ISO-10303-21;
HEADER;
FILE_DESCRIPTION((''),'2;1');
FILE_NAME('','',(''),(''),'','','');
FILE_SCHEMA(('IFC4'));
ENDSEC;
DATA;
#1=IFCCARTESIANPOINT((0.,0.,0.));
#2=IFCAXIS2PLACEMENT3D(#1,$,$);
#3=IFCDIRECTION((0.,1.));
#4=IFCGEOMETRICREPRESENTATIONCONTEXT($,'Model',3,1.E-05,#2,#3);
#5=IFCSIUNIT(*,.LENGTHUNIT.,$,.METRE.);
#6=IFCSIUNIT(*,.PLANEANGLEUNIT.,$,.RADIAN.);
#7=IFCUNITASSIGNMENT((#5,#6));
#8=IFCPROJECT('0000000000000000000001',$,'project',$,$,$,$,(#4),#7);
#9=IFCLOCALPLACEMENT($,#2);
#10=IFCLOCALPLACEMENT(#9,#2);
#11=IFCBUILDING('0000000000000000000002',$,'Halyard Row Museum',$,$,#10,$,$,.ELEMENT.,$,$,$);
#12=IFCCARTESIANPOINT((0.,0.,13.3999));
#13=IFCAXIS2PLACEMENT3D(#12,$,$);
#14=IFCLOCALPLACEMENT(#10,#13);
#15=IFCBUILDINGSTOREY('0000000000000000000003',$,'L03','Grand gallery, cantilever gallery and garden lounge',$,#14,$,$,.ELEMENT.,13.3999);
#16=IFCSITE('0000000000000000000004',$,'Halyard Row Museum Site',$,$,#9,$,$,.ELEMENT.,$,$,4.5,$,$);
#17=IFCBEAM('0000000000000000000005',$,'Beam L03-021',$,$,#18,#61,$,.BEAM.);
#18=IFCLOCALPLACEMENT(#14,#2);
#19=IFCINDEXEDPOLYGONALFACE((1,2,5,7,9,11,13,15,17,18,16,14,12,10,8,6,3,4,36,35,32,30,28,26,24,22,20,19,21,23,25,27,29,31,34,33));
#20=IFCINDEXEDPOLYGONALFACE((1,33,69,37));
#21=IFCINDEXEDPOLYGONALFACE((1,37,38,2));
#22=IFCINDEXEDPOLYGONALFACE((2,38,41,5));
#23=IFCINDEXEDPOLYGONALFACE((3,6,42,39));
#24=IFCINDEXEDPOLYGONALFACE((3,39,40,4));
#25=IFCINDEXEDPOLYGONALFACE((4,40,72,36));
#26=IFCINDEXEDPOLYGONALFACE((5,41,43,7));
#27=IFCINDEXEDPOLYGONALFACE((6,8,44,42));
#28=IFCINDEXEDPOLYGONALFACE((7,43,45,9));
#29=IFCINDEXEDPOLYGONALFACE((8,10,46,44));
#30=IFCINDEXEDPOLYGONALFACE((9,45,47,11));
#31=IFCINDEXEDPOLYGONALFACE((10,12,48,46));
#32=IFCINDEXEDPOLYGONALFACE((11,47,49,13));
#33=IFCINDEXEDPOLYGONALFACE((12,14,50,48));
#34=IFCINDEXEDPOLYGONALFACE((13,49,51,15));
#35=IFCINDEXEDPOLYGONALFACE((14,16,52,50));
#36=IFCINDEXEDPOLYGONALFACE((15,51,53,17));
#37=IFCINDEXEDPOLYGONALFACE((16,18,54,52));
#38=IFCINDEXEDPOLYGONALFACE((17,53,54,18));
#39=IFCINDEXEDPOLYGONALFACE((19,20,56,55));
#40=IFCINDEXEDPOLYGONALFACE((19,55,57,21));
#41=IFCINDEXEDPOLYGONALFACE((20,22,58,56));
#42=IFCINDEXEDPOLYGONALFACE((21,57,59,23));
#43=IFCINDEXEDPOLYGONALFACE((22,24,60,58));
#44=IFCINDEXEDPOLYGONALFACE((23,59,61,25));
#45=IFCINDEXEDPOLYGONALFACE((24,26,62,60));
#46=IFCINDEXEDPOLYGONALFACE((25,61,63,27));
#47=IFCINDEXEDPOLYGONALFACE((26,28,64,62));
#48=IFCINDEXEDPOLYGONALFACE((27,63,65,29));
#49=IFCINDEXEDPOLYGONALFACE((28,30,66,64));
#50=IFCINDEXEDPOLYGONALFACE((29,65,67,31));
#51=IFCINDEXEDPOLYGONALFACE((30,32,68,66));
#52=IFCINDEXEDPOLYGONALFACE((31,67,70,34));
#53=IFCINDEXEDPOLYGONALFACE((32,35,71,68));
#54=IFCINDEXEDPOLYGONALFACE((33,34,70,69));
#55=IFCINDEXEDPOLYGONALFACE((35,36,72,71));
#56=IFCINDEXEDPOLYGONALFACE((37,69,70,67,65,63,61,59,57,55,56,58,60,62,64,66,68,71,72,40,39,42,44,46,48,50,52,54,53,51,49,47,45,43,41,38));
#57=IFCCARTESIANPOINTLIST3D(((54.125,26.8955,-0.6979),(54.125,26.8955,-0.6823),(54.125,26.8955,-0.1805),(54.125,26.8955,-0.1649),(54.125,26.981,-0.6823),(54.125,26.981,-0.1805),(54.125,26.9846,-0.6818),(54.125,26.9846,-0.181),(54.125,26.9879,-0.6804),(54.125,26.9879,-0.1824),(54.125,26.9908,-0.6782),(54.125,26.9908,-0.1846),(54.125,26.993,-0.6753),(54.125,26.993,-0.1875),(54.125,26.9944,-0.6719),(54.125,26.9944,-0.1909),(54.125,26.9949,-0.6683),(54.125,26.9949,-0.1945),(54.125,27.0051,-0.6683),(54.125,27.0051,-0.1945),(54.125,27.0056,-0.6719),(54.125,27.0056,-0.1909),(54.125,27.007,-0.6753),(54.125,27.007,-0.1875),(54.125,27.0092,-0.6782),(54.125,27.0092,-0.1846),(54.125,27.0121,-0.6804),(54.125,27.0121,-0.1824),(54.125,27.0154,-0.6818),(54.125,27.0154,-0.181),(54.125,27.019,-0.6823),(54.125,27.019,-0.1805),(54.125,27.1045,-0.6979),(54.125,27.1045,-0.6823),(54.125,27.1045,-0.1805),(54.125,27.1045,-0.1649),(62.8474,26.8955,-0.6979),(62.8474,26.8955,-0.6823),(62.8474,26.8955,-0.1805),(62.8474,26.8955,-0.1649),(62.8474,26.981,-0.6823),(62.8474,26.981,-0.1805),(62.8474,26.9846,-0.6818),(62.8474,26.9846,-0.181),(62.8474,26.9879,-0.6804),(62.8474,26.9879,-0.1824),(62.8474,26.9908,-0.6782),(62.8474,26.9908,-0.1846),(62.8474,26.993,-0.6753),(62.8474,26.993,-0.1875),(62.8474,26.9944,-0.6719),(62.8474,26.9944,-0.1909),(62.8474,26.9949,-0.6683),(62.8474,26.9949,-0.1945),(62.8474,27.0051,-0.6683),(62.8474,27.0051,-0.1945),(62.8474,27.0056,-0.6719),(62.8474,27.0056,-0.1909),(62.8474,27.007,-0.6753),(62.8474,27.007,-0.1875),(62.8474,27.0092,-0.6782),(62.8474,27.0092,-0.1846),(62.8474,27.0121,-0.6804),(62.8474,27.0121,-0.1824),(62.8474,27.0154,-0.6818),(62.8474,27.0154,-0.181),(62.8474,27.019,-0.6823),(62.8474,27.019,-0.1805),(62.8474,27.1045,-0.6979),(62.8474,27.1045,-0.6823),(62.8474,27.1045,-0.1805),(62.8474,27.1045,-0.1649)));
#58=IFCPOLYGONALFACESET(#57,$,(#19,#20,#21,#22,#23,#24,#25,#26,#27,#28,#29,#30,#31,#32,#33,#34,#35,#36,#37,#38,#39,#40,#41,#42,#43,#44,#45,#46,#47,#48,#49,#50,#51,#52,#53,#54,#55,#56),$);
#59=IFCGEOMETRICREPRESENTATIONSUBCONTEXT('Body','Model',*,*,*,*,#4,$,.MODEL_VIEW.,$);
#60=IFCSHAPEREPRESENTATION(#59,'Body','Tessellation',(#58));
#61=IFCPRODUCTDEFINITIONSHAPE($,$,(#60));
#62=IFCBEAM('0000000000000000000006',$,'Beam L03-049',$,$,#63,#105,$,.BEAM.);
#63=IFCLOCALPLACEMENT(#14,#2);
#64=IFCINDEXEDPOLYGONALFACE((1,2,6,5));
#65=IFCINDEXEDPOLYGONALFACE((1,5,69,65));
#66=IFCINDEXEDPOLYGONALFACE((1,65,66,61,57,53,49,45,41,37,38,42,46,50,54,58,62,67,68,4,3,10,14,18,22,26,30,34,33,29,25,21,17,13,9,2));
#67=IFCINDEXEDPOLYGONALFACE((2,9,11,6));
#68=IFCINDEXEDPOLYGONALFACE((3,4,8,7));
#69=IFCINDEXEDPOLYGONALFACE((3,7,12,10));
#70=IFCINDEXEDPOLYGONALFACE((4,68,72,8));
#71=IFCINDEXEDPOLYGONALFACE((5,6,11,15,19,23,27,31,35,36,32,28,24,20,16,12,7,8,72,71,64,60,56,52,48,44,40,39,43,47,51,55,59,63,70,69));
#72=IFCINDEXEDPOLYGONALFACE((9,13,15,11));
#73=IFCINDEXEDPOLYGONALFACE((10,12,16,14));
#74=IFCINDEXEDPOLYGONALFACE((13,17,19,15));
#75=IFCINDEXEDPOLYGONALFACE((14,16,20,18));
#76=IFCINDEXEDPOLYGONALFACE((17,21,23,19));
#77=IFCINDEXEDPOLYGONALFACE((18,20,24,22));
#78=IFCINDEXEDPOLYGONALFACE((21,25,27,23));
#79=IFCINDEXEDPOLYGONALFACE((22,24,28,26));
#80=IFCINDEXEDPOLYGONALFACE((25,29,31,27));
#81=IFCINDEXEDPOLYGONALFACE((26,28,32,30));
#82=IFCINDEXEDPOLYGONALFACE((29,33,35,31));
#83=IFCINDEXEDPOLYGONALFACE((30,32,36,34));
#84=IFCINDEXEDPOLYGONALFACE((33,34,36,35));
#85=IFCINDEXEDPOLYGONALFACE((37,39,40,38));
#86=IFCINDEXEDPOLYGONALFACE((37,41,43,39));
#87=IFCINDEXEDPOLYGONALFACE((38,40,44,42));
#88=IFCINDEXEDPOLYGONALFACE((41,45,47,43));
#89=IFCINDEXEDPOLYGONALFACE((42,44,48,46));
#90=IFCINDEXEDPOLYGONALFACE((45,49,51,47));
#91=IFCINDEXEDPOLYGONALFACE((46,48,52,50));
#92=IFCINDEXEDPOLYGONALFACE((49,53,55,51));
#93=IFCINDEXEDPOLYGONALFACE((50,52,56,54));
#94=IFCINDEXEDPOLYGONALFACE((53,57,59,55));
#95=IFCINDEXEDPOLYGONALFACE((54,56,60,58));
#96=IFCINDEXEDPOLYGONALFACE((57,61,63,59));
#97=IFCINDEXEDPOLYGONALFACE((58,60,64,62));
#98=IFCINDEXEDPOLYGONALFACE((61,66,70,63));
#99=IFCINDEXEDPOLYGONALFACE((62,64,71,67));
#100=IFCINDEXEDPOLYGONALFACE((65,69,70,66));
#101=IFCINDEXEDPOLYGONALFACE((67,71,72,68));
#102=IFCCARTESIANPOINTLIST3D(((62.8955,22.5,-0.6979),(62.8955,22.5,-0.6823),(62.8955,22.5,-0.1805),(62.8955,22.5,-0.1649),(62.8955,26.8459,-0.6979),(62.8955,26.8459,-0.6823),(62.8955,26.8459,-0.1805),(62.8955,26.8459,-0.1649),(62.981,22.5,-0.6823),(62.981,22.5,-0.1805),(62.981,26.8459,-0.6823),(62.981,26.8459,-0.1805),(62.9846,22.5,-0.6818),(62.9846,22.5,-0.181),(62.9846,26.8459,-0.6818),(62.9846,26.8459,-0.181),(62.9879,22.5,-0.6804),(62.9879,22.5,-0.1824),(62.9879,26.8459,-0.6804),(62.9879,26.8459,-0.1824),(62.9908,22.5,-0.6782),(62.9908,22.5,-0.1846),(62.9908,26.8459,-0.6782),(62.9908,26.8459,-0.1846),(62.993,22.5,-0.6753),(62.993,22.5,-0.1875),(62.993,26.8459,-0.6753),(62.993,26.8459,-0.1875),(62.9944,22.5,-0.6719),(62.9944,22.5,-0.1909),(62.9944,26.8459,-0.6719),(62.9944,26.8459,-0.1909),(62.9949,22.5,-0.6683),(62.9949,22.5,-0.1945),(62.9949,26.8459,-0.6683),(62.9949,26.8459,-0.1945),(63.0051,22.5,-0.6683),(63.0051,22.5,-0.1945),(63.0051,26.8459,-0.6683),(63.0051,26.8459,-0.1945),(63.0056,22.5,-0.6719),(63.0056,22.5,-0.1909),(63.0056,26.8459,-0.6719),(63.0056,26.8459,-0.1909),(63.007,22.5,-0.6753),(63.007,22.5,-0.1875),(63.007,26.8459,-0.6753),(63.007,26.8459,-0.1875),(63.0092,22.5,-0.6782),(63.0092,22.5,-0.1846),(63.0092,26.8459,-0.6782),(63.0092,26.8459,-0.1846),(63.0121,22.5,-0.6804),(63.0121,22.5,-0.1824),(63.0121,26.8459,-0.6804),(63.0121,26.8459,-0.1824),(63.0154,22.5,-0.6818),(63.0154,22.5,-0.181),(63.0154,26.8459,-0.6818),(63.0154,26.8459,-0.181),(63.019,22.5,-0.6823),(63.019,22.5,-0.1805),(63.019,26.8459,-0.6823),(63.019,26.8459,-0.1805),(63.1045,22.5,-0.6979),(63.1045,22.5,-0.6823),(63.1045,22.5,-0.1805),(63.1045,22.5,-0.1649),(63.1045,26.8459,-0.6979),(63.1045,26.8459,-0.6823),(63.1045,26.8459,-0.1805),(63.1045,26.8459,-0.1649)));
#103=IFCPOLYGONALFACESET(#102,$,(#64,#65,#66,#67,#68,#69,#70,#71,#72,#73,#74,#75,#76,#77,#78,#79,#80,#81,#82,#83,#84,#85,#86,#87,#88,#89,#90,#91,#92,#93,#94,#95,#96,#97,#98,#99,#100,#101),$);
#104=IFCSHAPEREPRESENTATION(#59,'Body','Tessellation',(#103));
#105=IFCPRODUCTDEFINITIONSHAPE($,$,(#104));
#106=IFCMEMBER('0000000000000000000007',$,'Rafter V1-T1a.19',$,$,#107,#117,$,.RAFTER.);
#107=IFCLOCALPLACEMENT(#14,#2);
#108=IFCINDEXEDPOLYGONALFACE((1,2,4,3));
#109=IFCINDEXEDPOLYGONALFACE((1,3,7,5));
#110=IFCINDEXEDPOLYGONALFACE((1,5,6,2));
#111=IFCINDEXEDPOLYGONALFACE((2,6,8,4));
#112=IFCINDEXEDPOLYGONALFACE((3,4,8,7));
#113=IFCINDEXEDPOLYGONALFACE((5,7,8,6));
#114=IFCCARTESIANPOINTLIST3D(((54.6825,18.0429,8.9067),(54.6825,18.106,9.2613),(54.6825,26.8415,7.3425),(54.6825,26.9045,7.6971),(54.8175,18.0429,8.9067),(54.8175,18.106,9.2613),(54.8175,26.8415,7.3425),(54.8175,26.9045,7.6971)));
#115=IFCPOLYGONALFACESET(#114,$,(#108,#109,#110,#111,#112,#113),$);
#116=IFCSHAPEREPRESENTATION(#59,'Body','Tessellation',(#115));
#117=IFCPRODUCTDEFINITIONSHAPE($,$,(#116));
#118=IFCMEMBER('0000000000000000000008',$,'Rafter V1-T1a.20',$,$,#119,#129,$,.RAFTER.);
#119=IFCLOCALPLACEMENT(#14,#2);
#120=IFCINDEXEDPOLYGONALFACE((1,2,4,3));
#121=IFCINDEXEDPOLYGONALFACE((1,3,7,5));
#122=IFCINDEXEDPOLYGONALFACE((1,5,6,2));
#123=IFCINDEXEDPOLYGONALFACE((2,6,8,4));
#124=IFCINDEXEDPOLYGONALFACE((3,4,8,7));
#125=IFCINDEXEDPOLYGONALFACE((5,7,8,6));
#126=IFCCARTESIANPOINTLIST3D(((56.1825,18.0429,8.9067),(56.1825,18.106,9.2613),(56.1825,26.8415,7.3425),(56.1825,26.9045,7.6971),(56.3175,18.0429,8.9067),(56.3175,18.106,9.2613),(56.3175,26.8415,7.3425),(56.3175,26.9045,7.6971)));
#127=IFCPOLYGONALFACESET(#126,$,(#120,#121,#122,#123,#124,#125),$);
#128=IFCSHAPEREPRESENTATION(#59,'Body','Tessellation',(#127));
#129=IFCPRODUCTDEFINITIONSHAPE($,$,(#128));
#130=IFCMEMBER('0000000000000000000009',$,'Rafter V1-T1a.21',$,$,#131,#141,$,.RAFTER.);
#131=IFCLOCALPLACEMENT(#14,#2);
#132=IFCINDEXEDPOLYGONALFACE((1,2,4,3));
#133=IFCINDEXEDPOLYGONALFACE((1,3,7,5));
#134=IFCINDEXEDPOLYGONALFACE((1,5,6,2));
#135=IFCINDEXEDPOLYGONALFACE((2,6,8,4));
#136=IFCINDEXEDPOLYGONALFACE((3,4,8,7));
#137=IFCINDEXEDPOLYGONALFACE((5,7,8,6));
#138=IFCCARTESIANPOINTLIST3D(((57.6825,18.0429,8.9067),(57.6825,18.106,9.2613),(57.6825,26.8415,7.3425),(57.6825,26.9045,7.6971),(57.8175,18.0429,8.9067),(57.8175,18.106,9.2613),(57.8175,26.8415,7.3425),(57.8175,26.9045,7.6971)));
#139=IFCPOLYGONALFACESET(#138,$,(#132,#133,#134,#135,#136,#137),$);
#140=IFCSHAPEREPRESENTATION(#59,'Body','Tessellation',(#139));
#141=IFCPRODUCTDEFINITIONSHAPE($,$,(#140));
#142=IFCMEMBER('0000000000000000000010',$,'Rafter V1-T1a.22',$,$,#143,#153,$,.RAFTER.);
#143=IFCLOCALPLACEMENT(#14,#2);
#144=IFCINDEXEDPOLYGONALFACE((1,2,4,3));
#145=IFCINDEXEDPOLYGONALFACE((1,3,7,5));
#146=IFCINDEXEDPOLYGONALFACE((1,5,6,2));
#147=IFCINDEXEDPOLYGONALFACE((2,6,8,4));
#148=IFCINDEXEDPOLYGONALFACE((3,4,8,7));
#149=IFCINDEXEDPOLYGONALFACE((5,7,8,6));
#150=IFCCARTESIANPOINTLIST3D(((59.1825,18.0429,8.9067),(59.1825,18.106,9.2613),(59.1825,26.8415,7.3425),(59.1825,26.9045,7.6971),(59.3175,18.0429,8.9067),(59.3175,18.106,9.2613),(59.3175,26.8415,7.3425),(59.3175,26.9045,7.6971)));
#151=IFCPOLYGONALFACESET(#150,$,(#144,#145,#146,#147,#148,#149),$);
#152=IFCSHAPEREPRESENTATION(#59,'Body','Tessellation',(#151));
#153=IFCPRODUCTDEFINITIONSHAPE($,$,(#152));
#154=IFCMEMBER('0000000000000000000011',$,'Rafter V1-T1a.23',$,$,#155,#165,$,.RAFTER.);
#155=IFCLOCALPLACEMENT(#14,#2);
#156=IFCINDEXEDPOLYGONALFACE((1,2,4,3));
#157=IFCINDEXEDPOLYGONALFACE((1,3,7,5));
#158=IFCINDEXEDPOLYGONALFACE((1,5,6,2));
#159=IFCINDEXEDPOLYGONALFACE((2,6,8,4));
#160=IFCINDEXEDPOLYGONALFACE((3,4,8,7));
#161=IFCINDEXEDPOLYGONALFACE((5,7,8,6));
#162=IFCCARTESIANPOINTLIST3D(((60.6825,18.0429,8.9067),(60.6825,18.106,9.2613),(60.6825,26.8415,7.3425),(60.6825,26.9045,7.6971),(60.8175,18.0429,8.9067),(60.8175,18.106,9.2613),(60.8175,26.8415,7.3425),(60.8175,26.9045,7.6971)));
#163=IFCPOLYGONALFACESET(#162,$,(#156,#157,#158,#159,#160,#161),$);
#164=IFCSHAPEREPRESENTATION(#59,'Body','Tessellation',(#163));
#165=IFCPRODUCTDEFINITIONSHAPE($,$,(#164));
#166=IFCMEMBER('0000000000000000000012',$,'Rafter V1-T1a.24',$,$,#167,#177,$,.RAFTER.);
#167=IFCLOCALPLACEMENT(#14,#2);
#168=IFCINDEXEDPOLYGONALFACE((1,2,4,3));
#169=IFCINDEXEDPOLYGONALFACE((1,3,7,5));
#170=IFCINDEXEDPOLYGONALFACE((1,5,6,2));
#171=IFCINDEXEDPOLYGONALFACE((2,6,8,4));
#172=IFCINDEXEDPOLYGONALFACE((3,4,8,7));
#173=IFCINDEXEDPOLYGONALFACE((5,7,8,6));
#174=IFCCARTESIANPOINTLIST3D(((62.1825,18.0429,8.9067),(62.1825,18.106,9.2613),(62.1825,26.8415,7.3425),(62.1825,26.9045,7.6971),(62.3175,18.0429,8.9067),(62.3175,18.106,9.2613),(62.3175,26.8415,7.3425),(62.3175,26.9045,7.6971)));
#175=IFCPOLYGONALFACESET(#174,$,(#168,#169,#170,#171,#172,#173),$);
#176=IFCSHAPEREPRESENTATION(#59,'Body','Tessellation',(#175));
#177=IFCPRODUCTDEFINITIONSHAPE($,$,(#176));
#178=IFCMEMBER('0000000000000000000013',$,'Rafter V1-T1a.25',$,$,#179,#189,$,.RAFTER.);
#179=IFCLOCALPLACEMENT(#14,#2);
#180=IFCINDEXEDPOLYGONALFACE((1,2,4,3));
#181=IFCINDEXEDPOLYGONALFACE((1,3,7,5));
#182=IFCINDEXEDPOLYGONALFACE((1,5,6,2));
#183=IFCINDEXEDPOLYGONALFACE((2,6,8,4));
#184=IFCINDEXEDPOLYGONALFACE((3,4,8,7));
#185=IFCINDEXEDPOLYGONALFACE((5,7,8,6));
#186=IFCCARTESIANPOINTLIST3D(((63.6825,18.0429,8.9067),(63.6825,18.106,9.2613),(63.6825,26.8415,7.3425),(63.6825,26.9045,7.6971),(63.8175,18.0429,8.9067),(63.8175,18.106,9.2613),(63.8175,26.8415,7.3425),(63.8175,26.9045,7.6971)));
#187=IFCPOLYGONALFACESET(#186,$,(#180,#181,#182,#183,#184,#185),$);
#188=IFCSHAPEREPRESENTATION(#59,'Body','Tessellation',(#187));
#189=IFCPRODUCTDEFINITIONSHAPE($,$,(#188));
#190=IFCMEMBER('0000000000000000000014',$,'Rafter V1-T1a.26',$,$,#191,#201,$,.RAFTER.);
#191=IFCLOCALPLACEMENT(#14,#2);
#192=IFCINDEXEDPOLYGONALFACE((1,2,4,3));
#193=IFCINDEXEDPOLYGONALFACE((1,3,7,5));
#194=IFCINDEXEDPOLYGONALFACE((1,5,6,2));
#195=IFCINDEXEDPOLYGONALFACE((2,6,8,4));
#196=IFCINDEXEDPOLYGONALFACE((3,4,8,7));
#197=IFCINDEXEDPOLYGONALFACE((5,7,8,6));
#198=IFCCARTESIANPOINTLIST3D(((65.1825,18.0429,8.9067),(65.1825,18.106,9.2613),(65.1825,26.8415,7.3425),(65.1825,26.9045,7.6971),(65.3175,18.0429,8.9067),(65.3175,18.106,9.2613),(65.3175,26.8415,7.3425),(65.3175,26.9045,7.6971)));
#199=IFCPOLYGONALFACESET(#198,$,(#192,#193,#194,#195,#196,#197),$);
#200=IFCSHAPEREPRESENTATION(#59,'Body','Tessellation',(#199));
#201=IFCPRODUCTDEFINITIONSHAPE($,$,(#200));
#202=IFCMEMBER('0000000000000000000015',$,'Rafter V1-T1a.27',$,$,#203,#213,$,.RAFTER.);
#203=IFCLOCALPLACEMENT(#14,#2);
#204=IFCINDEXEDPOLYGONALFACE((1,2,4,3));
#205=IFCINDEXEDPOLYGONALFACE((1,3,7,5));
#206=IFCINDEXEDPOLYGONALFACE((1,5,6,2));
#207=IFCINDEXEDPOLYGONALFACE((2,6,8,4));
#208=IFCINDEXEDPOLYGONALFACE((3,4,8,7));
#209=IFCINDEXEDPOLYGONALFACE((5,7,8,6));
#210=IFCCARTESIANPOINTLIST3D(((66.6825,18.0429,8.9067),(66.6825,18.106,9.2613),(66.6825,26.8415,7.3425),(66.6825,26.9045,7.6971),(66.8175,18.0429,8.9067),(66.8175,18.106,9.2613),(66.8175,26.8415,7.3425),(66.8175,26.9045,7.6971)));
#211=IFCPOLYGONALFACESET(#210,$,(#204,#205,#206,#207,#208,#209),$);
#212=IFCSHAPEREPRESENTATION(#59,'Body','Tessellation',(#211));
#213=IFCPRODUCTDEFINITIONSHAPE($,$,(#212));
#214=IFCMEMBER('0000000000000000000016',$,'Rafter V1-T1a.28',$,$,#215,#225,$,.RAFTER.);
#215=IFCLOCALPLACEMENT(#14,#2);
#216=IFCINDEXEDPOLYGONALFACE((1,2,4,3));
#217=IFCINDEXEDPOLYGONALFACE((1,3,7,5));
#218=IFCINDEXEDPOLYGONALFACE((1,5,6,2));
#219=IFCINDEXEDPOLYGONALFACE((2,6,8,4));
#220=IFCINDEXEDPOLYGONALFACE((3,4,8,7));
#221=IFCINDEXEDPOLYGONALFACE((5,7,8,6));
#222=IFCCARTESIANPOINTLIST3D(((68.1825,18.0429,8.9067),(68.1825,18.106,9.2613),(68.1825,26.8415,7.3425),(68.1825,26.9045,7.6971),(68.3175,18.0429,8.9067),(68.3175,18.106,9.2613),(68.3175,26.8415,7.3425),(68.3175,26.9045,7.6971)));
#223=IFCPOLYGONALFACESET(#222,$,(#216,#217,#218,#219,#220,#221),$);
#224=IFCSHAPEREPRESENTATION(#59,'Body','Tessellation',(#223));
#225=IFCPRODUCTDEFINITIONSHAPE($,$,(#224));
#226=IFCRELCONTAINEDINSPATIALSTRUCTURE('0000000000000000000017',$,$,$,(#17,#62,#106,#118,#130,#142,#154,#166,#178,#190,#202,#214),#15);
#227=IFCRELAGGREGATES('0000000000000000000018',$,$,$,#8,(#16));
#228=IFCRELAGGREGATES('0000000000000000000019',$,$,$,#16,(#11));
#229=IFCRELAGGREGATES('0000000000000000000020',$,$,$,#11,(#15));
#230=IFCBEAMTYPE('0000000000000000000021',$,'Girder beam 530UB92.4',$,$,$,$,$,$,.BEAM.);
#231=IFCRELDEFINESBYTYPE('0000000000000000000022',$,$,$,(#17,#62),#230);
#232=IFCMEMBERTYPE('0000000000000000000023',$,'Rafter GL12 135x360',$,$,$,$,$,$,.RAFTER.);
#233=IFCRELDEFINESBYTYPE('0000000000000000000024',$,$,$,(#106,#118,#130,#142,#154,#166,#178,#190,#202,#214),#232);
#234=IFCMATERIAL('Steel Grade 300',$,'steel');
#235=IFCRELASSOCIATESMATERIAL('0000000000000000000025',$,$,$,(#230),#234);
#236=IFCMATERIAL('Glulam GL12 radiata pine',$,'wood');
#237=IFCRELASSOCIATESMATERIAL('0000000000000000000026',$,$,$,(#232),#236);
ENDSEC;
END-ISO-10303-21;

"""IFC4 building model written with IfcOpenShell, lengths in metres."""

from ifc_helpers import new_model, si_unit, direction, frame, origin, origin_2d, place, context, subcontext, project, spatial, rectangle, i_section, extrude, material, material_profile, profile_set, type_object, element, save


model = new_model("IFC4")

# Units and contexts
model_context = context("Model", 3, precision=1e-05, world=origin(), true_north=direction((0.0, 1.0)))
body_context = subcontext(model_context, "Body", "Model", "MODEL_VIEW")
ifc_project = project(units=[si_unit("LENGTHUNIT", "METRE"), si_unit("PLANEANGLEUNIT", "RADIAN")], contexts=[model_context])

# Site, building, storey
site_placement = place(None, origin())
site = spatial("IfcSite", under=ifc_project, at=site_placement, Name="Halyard Row Museum Site", CompositionType="ELEMENT", RefElevation=4.5)
building_placement = place(site_placement, origin())
building = spatial("IfcBuilding", under=site, at=building_placement, Name="Halyard Row Museum", CompositionType="ELEMENT")
storey_placement = place(building_placement, frame((0.0, 0.0, 13.3999)))
storey = spatial("IfcBuildingStorey", under=building, at=storey_placement, Name="L03", Description="Grand gallery, cantilever gallery and garden lounge", CompositionType="ELEMENT", Elevation=13.3999)

# Beams
ifc_material_1 = material(Name="Steel Grade 300", Category="steel")
ifc_material_profile_1 = material_profile(ifc_material_1, i_section(OverallWidth=0.209, OverallDepth=0.533, WebThickness=0.0103, FlangeThickness=0.0156, FilletRadius=0.0139, at=origin_2d()), Name="530UB92.4")
ifc_profile_set_1 = profile_set([ifc_material_profile_1], Name="Steel Grade 300")
beam_type_1 = type_object("IfcBeamType", Name="Girder beam 530UB92.4", PredefinedType="BEAM", material=ifc_profile_set_1)
beam_1_placement = place(storey_placement, frame((54.125, 27.0, -0.4314), z_axis=(1.0, 0.0, 0.0), x_axis=(0.0, 1.0, 0.0)))
element("IfcBeam", 1, at=beam_1_placement, inside=storey, type_object=beam_type_1, Name="Beam L03-021", PredefinedType="BEAM", context=body_context, shape_type="SweptSolid", body=[
    extrude(i_section(OverallWidth=0.209, OverallDepth=0.533, WebThickness=0.0103, FlangeThickness=0.0156, FilletRadius=0.0139, at=origin_2d()), origin(), (0.0, 0.0, 1.0), 8.7224),
])
beam_2_placement = place(storey_placement, frame((63.0, 22.5, -0.4314), z_axis=(0.0, 1.0, 0.0), x_axis=(-1.0, 0.0, 0.0)))
element("IfcBeam", 2, at=beam_2_placement, inside=storey, type_object=beam_type_1, Name="Beam L03-049", PredefinedType="BEAM", context=body_context, shape_type="SweptSolid", body=[
    extrude(i_section(OverallWidth=0.209, OverallDepth=0.533, WebThickness=0.0103, FlangeThickness=0.0156, FilletRadius=0.0139, at=origin_2d()), origin(), (0.0, 0.0, 1.0), 4.3459),
])

# Members
ifc_material_2 = material(Name="Glulam GL12 radiata pine", Category="wood")
ifc_material_profile_2 = material_profile(ifc_material_2, rectangle(XDim=0.135, YDim=0.3601, at=origin_2d()), Name="GL12 135x360")
ifc_profile_set_2 = profile_set([ifc_material_profile_2], Name="Glulam GL12 radiata pine")
member_type_1 = type_object("IfcMemberType", Name="Rafter GL12 135x360", PredefinedType="RAFTER", material=ifc_profile_set_2)
for number, where, z_axis, x_axis, name in (
    (3, (54.75, 18.0745, 9.084), (0.0, 0.984562, -0.175035), (-1.0, 0.0, 0.0), "Rafter V1-T1a.19"),
    (4, (56.25, 18.0745, 9.084), (0.0, 0.984562, -0.175035), (-1.0, 0.0, 0.0), "Rafter V1-T1a.20"),
    (5, (57.75, 18.0745, 9.084), (0.0, 0.984562, -0.175035), (-1.0, 0.0, 0.0), "Rafter V1-T1a.21"),
    (6, (59.25, 18.0745, 9.084), (0.0, 0.984562, -0.175035), (-1.0, 0.0, 0.0), "Rafter V1-T1a.22"),
    (7, (60.75, 18.0745, 9.084), (0.0, 0.984562, -0.175035), (-1.0, 0.0, 0.0), "Rafter V1-T1a.23"),
    (8, (62.25, 18.0745, 9.084), (0.0, 0.984562, -0.175035), (-1.0, 0.0, 0.0), "Rafter V1-T1a.24"),
    (9, (63.75, 18.0745, 9.084), (0.0, 0.984562, -0.175035), (-1.0, 0.0, 0.0), "Rafter V1-T1a.25"),
    (10, (65.25, 18.0745, 9.084), (0.0, 0.984562, -0.175035), (-1.0, 0.0, 0.0), "Rafter V1-T1a.26"),
    (11, (66.75, 18.0745, 9.084), (0.0, 0.984562, -0.175035), (-1.0, 0.0, 0.0), "Rafter V1-T1a.27"),
    (12, (68.25, 18.0745, 9.084), (0.0, 0.984562, -0.175035), (-1.0, 0.0, 0.0), "Rafter V1-T1a.28"),
):
    element("IfcMember", number, at=place(storey_placement, frame(where, z_axis=z_axis, x_axis=x_axis)), inside=storey, type_object=member_type_1, Name=name, PredefinedType="RAFTER", context=body_context, shape_type="SweptSolid", body=[
        extrude(rectangle(XDim=0.135, YDim=0.3601, at=origin_2d()), origin(), (0.0, 0.0, 1.0), 8.9365),
    ])

save(model, "model.ifc")
